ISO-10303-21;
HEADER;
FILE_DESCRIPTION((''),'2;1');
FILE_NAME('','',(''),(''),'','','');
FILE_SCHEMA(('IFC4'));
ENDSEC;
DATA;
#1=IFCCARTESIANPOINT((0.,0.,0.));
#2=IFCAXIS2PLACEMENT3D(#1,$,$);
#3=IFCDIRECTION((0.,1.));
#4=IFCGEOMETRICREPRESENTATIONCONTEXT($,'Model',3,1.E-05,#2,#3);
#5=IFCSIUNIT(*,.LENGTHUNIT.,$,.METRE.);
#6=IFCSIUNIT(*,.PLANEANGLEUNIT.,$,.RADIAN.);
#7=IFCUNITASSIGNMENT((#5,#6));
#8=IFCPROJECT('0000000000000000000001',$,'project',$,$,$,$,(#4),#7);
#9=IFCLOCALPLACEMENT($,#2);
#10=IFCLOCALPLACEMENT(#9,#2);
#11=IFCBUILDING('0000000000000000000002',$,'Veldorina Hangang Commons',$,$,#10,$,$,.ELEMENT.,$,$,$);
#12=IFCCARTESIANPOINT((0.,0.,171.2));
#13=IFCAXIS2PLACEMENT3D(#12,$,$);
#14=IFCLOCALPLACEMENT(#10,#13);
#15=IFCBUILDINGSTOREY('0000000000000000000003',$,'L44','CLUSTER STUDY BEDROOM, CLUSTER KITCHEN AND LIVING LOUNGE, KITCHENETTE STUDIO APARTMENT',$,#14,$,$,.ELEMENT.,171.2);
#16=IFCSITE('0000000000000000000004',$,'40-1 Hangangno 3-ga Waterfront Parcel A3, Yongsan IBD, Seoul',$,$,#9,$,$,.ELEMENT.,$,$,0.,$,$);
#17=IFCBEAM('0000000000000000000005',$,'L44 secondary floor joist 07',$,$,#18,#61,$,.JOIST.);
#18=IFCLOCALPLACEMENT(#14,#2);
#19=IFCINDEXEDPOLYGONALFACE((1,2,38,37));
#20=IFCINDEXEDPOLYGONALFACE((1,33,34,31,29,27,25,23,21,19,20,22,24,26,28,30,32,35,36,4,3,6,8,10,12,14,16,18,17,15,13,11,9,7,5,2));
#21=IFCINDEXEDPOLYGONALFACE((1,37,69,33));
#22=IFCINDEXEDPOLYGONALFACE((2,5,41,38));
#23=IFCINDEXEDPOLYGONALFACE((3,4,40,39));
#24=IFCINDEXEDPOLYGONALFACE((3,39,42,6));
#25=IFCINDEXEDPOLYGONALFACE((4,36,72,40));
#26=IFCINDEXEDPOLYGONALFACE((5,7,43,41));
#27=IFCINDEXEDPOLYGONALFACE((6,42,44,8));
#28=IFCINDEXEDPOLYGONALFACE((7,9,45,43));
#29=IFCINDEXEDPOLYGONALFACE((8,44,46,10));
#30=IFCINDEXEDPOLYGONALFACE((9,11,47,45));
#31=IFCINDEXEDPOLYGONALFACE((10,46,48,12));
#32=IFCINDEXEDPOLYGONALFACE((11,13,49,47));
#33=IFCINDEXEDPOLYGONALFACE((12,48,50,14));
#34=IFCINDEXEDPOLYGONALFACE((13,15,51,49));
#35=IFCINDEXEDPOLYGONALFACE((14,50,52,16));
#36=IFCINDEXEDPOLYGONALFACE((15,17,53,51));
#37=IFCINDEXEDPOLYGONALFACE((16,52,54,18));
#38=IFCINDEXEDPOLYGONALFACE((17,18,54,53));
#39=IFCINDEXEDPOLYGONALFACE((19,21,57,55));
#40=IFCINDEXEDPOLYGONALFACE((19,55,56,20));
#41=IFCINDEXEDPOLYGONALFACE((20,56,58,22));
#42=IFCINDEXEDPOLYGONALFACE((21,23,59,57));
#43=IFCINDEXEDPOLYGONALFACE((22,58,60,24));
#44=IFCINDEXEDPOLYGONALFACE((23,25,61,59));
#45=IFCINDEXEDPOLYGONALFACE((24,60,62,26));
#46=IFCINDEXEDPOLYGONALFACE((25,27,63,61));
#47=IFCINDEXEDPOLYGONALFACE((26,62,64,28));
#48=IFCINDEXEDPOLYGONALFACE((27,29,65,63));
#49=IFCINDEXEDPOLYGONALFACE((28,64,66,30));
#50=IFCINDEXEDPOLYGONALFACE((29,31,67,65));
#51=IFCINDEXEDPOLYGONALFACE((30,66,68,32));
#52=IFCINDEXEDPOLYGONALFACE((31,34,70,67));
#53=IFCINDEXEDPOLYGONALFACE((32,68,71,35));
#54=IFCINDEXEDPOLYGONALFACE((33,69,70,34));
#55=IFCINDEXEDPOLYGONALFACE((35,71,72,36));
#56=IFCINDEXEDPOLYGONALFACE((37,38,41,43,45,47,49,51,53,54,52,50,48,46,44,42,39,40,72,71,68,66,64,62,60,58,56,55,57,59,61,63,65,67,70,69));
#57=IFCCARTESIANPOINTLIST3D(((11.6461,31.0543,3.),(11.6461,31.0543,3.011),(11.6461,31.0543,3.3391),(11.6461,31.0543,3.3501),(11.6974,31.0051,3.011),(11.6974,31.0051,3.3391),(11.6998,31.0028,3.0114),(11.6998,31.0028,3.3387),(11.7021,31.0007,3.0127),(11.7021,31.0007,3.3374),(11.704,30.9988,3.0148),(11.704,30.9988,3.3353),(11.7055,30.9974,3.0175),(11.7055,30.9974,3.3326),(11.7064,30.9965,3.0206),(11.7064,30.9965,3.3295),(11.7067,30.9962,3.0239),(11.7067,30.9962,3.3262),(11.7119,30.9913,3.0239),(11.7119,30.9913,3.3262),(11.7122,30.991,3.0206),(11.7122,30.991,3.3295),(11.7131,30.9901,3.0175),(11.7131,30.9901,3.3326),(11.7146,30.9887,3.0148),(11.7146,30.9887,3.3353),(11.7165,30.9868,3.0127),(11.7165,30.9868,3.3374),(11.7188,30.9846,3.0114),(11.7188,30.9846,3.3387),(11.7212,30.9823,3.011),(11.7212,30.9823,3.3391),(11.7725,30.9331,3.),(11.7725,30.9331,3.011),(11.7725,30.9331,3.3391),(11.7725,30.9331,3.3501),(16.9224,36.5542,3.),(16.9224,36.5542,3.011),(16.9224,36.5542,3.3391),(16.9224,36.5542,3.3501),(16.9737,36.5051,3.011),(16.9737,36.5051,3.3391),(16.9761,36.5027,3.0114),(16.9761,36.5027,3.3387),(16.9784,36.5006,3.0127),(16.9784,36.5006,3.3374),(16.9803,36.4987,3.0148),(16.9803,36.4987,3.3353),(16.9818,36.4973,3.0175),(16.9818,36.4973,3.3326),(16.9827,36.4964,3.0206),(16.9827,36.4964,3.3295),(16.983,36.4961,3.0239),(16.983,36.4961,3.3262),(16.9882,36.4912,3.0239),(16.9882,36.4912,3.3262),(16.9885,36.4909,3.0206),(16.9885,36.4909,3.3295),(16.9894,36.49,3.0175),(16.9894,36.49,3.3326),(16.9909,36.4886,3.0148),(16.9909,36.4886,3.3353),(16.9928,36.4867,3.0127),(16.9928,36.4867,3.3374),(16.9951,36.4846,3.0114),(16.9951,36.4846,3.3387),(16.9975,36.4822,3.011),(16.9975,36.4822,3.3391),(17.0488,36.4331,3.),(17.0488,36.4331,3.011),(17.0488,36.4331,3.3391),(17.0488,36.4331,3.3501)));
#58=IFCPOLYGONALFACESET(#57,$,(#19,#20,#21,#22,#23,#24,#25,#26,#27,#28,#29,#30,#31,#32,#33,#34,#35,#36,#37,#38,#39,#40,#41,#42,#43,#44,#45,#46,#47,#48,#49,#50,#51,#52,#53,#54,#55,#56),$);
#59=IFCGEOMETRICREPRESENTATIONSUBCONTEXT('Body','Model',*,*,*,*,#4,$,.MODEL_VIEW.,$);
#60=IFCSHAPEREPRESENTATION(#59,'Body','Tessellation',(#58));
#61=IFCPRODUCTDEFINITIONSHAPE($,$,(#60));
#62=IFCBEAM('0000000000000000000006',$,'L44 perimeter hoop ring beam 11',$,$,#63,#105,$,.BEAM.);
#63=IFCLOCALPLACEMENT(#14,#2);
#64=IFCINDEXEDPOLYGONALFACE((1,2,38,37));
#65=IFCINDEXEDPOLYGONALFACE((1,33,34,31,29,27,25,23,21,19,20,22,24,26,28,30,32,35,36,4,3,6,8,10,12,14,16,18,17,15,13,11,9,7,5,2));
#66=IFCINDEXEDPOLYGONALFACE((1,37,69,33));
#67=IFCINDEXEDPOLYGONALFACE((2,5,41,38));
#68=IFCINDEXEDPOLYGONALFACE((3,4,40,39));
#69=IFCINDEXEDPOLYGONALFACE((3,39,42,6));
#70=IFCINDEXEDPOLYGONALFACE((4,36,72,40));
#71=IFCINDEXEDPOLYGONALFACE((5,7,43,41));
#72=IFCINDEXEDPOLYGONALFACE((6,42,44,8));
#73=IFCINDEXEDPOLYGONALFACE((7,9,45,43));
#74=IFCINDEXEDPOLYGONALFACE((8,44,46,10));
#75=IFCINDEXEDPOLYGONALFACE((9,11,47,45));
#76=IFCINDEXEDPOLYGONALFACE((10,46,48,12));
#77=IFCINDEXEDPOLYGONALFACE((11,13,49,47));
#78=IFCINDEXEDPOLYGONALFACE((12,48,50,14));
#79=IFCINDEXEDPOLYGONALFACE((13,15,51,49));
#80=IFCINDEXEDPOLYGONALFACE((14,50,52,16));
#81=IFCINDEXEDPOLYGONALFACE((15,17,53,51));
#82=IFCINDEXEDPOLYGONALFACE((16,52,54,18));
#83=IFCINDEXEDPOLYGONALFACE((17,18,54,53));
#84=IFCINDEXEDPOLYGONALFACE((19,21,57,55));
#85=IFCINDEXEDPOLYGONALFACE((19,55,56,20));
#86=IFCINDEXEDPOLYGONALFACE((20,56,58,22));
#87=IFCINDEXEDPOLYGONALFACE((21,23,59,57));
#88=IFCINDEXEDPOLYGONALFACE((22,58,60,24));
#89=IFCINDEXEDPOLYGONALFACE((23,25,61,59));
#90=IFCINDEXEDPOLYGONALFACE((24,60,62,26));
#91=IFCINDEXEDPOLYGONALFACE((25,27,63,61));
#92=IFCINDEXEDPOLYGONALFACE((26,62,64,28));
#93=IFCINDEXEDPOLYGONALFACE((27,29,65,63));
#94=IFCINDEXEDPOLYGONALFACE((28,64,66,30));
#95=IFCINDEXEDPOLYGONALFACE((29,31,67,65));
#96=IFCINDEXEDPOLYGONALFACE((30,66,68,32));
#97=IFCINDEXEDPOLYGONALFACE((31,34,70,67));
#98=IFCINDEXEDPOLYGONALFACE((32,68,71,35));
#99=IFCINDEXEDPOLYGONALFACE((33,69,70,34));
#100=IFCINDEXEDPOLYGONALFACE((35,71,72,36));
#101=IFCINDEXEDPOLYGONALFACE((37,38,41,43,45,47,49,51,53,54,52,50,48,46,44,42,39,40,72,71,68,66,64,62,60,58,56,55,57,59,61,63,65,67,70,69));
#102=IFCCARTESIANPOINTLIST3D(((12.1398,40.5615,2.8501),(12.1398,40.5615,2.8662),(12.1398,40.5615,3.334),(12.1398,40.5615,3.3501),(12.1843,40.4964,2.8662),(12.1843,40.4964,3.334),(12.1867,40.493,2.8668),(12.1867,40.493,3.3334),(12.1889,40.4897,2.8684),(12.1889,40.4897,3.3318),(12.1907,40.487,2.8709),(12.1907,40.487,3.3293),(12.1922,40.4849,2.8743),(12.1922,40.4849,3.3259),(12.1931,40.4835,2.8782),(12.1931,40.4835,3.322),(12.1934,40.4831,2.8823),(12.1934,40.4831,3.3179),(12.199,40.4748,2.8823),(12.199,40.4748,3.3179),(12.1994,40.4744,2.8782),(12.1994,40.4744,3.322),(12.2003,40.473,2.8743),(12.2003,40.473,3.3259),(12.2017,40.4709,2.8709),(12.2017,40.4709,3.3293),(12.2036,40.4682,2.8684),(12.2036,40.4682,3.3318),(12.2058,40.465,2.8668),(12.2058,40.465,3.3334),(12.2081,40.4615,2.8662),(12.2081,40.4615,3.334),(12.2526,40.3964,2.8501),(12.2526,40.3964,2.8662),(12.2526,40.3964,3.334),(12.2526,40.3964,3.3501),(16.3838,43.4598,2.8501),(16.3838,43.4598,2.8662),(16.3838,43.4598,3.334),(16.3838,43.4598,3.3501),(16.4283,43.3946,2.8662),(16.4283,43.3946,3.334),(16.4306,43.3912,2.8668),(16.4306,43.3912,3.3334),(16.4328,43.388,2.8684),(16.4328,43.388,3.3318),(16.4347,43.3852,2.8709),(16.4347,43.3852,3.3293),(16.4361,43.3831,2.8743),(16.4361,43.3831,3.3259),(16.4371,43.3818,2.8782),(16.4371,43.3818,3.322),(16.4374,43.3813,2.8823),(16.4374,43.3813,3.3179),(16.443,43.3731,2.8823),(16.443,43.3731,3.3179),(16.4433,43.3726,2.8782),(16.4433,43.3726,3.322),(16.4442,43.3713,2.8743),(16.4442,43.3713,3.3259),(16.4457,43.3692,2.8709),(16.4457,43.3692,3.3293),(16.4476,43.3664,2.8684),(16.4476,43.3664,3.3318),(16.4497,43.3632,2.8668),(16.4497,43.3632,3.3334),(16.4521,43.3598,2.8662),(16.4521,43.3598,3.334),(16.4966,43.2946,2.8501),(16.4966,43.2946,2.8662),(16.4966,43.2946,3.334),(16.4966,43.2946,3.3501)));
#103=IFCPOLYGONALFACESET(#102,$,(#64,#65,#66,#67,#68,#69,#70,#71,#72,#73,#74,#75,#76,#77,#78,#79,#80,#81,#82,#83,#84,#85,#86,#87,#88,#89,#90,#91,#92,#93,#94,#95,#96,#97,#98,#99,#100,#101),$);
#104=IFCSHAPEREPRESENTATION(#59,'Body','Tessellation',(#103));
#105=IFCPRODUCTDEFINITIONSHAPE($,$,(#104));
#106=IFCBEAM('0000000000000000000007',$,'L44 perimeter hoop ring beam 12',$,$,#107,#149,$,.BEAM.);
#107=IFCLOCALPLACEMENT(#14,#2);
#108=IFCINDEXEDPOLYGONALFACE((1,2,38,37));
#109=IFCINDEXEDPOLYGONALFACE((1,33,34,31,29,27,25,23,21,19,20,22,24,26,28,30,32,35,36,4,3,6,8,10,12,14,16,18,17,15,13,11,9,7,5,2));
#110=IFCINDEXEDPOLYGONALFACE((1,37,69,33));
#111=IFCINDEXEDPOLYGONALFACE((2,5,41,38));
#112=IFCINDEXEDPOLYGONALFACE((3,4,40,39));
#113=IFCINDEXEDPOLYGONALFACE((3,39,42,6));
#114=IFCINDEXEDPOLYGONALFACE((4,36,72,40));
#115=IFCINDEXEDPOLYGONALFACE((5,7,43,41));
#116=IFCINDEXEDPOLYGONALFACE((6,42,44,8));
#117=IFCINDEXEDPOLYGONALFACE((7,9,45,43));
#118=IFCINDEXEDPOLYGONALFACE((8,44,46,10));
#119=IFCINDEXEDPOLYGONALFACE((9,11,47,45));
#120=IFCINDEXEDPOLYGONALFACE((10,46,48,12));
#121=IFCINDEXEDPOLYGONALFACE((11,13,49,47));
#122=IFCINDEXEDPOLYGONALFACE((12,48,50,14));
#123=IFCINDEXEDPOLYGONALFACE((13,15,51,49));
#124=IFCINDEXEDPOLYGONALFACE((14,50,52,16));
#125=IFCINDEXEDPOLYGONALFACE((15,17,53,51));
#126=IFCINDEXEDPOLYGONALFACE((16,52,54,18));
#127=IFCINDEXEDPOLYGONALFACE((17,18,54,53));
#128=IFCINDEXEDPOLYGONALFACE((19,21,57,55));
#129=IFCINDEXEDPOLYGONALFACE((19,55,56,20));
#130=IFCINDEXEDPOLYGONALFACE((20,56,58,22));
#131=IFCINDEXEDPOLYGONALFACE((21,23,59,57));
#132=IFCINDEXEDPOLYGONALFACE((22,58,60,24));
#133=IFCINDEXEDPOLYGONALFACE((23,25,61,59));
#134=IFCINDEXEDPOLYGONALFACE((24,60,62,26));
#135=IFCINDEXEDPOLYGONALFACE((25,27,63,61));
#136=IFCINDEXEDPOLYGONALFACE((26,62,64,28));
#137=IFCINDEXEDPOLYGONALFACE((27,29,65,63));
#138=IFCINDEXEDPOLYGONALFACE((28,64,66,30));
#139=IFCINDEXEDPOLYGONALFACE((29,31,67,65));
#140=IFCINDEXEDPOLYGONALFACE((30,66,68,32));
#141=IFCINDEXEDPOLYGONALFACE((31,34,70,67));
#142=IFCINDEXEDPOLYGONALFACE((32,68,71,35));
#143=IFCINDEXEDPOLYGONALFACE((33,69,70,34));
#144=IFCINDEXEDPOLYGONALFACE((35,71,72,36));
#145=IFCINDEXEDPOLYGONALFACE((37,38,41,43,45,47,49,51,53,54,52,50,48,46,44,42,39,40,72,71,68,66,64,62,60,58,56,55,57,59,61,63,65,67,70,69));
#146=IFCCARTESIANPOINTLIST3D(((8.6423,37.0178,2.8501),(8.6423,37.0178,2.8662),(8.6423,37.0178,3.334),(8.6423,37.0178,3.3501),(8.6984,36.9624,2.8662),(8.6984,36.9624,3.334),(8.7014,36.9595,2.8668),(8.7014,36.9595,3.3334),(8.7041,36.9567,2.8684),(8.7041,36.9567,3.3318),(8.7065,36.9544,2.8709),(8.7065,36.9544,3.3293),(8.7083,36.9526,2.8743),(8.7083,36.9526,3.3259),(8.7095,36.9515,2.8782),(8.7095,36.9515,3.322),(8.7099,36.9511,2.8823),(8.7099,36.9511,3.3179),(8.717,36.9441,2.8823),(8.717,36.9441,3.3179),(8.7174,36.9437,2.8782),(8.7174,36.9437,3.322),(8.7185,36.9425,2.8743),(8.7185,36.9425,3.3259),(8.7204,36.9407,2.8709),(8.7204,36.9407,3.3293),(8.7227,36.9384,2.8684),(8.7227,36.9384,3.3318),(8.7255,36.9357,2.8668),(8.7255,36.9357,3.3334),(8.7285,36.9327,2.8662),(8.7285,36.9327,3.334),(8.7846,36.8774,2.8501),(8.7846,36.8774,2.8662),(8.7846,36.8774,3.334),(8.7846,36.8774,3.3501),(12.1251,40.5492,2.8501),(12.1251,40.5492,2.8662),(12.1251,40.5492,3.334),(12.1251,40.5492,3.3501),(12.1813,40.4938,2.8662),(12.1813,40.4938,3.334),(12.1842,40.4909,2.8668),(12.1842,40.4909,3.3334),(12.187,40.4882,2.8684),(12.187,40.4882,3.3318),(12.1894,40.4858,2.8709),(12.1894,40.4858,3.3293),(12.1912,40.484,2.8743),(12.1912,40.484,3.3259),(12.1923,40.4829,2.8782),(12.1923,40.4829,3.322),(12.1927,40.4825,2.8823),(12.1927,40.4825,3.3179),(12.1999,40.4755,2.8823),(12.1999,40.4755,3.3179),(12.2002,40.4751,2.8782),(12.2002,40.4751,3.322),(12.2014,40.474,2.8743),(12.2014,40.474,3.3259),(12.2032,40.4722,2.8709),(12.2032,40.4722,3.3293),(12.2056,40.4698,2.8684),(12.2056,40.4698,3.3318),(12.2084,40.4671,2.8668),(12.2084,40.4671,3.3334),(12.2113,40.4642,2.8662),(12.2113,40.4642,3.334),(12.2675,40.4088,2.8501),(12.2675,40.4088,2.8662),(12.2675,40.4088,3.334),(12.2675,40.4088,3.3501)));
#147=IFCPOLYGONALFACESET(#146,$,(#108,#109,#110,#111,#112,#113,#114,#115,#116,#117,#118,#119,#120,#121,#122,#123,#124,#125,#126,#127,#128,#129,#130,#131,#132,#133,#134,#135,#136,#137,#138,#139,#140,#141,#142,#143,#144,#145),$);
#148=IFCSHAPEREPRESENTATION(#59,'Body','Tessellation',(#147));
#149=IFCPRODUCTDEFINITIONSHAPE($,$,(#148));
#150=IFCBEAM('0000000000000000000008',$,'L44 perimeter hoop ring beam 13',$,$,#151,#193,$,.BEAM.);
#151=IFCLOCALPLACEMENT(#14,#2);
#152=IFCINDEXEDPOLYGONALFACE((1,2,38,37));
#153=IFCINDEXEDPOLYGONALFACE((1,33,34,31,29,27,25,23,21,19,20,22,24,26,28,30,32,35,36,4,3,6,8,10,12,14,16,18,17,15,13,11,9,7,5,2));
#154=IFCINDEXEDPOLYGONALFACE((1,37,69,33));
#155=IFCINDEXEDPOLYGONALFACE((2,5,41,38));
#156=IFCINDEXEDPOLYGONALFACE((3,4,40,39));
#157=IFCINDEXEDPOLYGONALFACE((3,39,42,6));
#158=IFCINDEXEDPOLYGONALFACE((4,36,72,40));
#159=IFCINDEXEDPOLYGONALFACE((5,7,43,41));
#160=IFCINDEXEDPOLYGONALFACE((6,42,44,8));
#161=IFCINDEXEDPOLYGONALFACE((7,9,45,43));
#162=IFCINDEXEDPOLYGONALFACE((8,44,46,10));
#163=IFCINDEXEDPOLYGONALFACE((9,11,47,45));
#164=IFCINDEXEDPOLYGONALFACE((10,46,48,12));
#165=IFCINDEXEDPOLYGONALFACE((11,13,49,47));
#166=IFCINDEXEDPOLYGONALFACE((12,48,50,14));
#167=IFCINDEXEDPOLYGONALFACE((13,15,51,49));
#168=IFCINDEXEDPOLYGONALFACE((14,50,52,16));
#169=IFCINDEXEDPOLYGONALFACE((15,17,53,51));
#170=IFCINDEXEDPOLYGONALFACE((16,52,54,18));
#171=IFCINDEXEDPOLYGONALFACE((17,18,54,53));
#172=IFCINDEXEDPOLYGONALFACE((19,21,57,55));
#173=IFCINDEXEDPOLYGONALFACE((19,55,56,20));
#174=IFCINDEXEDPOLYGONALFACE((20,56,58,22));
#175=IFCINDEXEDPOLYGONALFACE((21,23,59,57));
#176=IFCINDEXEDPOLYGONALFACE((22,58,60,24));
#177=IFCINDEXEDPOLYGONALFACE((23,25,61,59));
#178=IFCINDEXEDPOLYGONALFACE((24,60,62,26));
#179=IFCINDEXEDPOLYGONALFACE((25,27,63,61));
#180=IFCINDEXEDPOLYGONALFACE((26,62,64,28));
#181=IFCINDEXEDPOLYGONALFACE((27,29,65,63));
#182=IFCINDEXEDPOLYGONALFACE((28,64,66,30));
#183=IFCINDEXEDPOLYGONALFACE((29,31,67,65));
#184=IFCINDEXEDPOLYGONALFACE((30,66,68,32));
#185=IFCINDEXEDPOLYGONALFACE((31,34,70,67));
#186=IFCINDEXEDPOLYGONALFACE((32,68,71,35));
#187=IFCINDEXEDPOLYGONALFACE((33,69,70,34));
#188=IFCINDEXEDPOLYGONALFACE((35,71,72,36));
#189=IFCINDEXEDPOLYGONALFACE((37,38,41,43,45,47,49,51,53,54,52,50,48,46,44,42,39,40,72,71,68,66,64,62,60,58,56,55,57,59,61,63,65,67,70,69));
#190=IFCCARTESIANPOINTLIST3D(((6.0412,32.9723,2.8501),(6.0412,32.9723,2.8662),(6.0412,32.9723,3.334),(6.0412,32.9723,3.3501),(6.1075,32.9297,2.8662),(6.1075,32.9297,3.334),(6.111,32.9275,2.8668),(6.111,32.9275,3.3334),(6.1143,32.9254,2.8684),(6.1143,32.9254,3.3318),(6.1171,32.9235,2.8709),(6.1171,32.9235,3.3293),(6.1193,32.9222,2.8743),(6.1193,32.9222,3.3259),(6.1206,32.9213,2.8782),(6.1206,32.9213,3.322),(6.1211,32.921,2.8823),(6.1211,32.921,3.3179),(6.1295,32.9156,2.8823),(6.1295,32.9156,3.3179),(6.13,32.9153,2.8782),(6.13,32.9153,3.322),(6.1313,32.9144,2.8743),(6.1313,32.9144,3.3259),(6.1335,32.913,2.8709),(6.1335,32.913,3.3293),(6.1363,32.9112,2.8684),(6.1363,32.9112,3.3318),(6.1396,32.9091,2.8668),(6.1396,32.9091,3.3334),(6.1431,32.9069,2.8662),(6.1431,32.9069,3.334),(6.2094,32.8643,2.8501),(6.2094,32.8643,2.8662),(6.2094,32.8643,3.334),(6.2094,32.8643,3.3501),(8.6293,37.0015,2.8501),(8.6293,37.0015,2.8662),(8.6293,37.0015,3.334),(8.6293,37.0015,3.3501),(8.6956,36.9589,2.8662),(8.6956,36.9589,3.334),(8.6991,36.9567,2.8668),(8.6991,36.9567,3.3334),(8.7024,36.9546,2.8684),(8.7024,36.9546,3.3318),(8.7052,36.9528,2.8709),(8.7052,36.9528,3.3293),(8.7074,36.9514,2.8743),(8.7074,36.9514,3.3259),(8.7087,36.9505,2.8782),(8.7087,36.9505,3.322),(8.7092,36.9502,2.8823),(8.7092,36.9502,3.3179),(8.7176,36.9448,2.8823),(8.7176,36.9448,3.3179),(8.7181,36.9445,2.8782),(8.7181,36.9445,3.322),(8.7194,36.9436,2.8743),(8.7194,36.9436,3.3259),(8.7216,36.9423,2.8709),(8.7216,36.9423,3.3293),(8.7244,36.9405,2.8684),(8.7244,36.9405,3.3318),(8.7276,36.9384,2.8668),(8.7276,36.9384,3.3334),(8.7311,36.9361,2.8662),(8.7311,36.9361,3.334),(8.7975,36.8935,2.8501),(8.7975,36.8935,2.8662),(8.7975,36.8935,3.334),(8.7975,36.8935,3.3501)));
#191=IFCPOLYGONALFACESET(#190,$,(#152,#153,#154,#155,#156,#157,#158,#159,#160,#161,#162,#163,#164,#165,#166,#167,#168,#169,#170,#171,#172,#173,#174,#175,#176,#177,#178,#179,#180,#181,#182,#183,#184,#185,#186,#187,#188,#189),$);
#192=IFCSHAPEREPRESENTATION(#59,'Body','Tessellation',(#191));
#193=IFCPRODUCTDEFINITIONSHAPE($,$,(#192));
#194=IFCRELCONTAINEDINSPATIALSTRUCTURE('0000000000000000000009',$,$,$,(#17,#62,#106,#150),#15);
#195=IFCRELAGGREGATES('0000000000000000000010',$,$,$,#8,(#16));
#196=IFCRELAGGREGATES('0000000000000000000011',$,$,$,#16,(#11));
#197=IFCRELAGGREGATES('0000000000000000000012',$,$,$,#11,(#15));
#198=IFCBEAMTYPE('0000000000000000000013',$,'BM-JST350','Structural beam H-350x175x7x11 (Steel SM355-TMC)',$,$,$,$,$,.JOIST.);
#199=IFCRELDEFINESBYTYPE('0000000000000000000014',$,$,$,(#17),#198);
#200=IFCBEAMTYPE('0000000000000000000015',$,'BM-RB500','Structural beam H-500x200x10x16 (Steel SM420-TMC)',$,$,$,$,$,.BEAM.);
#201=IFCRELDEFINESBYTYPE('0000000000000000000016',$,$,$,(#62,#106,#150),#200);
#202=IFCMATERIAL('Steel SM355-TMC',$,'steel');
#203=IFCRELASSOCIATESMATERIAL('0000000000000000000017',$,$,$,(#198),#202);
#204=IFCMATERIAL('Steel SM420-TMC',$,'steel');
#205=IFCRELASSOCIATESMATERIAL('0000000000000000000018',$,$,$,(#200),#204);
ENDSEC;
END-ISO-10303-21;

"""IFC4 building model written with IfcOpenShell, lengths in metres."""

from ifc_helpers import new_model, si_unit, direction, frame, origin, origin_2d, place, context, subcontext, project, spatial, i_section, extrude, material, material_profile, profile_set, type_object, element, save


model = new_model("IFC4")

# Units and contexts
model_context = context("Model", 3, precision=1e-05, world=origin(), true_north=direction((0.0, 1.0)))
body_context = subcontext(model_context, "Body", "Model", "MODEL_VIEW")
ifc_project = project(units=[si_unit("LENGTHUNIT", "METRE"), si_unit("PLANEANGLEUNIT", "RADIAN")], contexts=[model_context])

# Site, building, storey
site_placement = place(None, origin())
site = spatial("IfcSite", under=ifc_project, at=site_placement, Name="40-1 Hangangno 3-ga Waterfront Parcel A3, Yongsan IBD, Seoul", CompositionType="ELEMENT", RefElevation=0.0)
building_placement = place(site_placement, origin())
building = spatial("IfcBuilding", under=site, at=building_placement, Name="Veldorina Hangang Commons", CompositionType="ELEMENT")
storey_placement = place(building_placement, frame((0.0, 0.0, 171.2)))
storey = spatial("IfcBuildingStorey", under=building, at=storey_placement, Name="L44", Description="CLUSTER STUDY BEDROOM, CLUSTER KITCHEN AND LIVING LOUNGE, KITCHENETTE STUDIO APARTMENT", CompositionType="ELEMENT", Elevation=171.2)

# Beams
ifc_material_1 = material(Name="Steel SM355-TMC", Category="steel")
ifc_material_profile_1 = material_profile(ifc_material_1, i_section(OverallWidth=0.175, OverallDepth=0.3501, WebThickness=0.0071, FlangeThickness=0.011, FilletRadius=0.0129, at=origin_2d()), Name="H-350x175x7x11")
ifc_profile_set_1 = profile_set([ifc_material_profile_1], Name="Steel SM355-TMC")
beam_type_1 = type_object("IfcBeamType", Name="BM-JST350", Description="Structural beam H-350x175x7x11 (Steel SM355-TMC)", PredefinedType="JOIST", material=ifc_profile_set_1)
beam_1_placement = place(storey_placement, frame((16.9856, 36.4937, 3.175), z_axis=(-0.692284, -0.721625, 0.0), x_axis=(0.721625, -0.692284, 0.0)))
element("IfcBeam", 1, at=beam_1_placement, inside=storey, type_object=beam_type_1, Name="L44 secondary floor joist 07", PredefinedType="JOIST", context=body_context, shape_type="SweptSolid", body=[
    extrude(i_section(OverallWidth=0.175, OverallDepth=0.3501, WebThickness=0.0071, FlangeThickness=0.011, FilletRadius=0.0129, at=origin_2d()), origin(), (0.0, 0.0, 1.0), 7.6216),
])
ifc_material_2 = material(Name="Steel SM420-TMC", Category="steel")
ifc_material_profile_2 = material_profile(ifc_material_2, i_section(OverallWidth=0.2, OverallDepth=0.5, WebThickness=0.01, FlangeThickness=0.0161, FilletRadius=0.0161, at=origin_2d()), Name="H-500x200x10x16")
ifc_profile_set_2 = profile_set([ifc_material_profile_2], Name="Steel SM420-TMC")
beam_type_2 = type_object("IfcBeamType", Name="BM-RB500", Description="Structural beam H-500x200x10x16 (Steel SM420-TMC)", PredefinedType="BEAM", material=ifc_profile_set_2)
beam_2_placement = place(storey_placement, frame((16.4402, 43.3772, 3.1001), z_axis=(-0.825808, -0.563951, 0.0), x_axis=(0.563951, -0.825808, 0.0)))
element("IfcBeam", 2, at=beam_2_placement, inside=storey, type_object=beam_type_2, Name="L44 perimeter hoop ring beam 11", PredefinedType="BEAM", context=body_context, shape_type="SweptSolid", body=[
    extrude(i_section(OverallWidth=0.2, OverallDepth=0.5, WebThickness=0.01, FlangeThickness=0.0161, FilletRadius=0.0161, at=origin_2d()), origin(), (0.0, 0.0, 1.0), 5.1392),
])
beam_3_placement = place(storey_placement, frame((12.1963, 40.479, 3.1001), z_axis=(-0.702192, -0.711987, 0.0), x_axis=(0.711987, -0.702192, 0.0)))
element("IfcBeam", 3, at=beam_3_placement, inside=storey, type_object=beam_type_2, Name="L44 perimeter hoop ring beam 12", PredefinedType="BEAM", context=body_context, shape_type="SweptSolid", body=[
    extrude(i_section(OverallWidth=0.2, OverallDepth=0.5, WebThickness=0.01, FlangeThickness=0.0161, FilletRadius=0.0161, at=origin_2d()), origin(), (0.0, 0.0, 1.0), 4.96),
])
beam_4_placement = place(storey_placement, frame((8.7134, 36.9475, 3.1001), z_axis=(-0.540443, -0.84138, 0.0), x_axis=(0.84138, -0.540443, 0.0)))
element("IfcBeam", 4, at=beam_4_placement, inside=storey, type_object=beam_type_2, Name="L44 perimeter hoop ring beam 13", PredefinedType="BEAM", context=body_context, shape_type="SweptSolid", body=[
    extrude(i_section(OverallWidth=0.2, OverallDepth=0.5, WebThickness=0.01, FlangeThickness=0.0161, FilletRadius=0.0161, at=origin_2d()), origin(), (0.0, 0.0, 1.0), 4.7888),
])

save(model, "model.ifc")
